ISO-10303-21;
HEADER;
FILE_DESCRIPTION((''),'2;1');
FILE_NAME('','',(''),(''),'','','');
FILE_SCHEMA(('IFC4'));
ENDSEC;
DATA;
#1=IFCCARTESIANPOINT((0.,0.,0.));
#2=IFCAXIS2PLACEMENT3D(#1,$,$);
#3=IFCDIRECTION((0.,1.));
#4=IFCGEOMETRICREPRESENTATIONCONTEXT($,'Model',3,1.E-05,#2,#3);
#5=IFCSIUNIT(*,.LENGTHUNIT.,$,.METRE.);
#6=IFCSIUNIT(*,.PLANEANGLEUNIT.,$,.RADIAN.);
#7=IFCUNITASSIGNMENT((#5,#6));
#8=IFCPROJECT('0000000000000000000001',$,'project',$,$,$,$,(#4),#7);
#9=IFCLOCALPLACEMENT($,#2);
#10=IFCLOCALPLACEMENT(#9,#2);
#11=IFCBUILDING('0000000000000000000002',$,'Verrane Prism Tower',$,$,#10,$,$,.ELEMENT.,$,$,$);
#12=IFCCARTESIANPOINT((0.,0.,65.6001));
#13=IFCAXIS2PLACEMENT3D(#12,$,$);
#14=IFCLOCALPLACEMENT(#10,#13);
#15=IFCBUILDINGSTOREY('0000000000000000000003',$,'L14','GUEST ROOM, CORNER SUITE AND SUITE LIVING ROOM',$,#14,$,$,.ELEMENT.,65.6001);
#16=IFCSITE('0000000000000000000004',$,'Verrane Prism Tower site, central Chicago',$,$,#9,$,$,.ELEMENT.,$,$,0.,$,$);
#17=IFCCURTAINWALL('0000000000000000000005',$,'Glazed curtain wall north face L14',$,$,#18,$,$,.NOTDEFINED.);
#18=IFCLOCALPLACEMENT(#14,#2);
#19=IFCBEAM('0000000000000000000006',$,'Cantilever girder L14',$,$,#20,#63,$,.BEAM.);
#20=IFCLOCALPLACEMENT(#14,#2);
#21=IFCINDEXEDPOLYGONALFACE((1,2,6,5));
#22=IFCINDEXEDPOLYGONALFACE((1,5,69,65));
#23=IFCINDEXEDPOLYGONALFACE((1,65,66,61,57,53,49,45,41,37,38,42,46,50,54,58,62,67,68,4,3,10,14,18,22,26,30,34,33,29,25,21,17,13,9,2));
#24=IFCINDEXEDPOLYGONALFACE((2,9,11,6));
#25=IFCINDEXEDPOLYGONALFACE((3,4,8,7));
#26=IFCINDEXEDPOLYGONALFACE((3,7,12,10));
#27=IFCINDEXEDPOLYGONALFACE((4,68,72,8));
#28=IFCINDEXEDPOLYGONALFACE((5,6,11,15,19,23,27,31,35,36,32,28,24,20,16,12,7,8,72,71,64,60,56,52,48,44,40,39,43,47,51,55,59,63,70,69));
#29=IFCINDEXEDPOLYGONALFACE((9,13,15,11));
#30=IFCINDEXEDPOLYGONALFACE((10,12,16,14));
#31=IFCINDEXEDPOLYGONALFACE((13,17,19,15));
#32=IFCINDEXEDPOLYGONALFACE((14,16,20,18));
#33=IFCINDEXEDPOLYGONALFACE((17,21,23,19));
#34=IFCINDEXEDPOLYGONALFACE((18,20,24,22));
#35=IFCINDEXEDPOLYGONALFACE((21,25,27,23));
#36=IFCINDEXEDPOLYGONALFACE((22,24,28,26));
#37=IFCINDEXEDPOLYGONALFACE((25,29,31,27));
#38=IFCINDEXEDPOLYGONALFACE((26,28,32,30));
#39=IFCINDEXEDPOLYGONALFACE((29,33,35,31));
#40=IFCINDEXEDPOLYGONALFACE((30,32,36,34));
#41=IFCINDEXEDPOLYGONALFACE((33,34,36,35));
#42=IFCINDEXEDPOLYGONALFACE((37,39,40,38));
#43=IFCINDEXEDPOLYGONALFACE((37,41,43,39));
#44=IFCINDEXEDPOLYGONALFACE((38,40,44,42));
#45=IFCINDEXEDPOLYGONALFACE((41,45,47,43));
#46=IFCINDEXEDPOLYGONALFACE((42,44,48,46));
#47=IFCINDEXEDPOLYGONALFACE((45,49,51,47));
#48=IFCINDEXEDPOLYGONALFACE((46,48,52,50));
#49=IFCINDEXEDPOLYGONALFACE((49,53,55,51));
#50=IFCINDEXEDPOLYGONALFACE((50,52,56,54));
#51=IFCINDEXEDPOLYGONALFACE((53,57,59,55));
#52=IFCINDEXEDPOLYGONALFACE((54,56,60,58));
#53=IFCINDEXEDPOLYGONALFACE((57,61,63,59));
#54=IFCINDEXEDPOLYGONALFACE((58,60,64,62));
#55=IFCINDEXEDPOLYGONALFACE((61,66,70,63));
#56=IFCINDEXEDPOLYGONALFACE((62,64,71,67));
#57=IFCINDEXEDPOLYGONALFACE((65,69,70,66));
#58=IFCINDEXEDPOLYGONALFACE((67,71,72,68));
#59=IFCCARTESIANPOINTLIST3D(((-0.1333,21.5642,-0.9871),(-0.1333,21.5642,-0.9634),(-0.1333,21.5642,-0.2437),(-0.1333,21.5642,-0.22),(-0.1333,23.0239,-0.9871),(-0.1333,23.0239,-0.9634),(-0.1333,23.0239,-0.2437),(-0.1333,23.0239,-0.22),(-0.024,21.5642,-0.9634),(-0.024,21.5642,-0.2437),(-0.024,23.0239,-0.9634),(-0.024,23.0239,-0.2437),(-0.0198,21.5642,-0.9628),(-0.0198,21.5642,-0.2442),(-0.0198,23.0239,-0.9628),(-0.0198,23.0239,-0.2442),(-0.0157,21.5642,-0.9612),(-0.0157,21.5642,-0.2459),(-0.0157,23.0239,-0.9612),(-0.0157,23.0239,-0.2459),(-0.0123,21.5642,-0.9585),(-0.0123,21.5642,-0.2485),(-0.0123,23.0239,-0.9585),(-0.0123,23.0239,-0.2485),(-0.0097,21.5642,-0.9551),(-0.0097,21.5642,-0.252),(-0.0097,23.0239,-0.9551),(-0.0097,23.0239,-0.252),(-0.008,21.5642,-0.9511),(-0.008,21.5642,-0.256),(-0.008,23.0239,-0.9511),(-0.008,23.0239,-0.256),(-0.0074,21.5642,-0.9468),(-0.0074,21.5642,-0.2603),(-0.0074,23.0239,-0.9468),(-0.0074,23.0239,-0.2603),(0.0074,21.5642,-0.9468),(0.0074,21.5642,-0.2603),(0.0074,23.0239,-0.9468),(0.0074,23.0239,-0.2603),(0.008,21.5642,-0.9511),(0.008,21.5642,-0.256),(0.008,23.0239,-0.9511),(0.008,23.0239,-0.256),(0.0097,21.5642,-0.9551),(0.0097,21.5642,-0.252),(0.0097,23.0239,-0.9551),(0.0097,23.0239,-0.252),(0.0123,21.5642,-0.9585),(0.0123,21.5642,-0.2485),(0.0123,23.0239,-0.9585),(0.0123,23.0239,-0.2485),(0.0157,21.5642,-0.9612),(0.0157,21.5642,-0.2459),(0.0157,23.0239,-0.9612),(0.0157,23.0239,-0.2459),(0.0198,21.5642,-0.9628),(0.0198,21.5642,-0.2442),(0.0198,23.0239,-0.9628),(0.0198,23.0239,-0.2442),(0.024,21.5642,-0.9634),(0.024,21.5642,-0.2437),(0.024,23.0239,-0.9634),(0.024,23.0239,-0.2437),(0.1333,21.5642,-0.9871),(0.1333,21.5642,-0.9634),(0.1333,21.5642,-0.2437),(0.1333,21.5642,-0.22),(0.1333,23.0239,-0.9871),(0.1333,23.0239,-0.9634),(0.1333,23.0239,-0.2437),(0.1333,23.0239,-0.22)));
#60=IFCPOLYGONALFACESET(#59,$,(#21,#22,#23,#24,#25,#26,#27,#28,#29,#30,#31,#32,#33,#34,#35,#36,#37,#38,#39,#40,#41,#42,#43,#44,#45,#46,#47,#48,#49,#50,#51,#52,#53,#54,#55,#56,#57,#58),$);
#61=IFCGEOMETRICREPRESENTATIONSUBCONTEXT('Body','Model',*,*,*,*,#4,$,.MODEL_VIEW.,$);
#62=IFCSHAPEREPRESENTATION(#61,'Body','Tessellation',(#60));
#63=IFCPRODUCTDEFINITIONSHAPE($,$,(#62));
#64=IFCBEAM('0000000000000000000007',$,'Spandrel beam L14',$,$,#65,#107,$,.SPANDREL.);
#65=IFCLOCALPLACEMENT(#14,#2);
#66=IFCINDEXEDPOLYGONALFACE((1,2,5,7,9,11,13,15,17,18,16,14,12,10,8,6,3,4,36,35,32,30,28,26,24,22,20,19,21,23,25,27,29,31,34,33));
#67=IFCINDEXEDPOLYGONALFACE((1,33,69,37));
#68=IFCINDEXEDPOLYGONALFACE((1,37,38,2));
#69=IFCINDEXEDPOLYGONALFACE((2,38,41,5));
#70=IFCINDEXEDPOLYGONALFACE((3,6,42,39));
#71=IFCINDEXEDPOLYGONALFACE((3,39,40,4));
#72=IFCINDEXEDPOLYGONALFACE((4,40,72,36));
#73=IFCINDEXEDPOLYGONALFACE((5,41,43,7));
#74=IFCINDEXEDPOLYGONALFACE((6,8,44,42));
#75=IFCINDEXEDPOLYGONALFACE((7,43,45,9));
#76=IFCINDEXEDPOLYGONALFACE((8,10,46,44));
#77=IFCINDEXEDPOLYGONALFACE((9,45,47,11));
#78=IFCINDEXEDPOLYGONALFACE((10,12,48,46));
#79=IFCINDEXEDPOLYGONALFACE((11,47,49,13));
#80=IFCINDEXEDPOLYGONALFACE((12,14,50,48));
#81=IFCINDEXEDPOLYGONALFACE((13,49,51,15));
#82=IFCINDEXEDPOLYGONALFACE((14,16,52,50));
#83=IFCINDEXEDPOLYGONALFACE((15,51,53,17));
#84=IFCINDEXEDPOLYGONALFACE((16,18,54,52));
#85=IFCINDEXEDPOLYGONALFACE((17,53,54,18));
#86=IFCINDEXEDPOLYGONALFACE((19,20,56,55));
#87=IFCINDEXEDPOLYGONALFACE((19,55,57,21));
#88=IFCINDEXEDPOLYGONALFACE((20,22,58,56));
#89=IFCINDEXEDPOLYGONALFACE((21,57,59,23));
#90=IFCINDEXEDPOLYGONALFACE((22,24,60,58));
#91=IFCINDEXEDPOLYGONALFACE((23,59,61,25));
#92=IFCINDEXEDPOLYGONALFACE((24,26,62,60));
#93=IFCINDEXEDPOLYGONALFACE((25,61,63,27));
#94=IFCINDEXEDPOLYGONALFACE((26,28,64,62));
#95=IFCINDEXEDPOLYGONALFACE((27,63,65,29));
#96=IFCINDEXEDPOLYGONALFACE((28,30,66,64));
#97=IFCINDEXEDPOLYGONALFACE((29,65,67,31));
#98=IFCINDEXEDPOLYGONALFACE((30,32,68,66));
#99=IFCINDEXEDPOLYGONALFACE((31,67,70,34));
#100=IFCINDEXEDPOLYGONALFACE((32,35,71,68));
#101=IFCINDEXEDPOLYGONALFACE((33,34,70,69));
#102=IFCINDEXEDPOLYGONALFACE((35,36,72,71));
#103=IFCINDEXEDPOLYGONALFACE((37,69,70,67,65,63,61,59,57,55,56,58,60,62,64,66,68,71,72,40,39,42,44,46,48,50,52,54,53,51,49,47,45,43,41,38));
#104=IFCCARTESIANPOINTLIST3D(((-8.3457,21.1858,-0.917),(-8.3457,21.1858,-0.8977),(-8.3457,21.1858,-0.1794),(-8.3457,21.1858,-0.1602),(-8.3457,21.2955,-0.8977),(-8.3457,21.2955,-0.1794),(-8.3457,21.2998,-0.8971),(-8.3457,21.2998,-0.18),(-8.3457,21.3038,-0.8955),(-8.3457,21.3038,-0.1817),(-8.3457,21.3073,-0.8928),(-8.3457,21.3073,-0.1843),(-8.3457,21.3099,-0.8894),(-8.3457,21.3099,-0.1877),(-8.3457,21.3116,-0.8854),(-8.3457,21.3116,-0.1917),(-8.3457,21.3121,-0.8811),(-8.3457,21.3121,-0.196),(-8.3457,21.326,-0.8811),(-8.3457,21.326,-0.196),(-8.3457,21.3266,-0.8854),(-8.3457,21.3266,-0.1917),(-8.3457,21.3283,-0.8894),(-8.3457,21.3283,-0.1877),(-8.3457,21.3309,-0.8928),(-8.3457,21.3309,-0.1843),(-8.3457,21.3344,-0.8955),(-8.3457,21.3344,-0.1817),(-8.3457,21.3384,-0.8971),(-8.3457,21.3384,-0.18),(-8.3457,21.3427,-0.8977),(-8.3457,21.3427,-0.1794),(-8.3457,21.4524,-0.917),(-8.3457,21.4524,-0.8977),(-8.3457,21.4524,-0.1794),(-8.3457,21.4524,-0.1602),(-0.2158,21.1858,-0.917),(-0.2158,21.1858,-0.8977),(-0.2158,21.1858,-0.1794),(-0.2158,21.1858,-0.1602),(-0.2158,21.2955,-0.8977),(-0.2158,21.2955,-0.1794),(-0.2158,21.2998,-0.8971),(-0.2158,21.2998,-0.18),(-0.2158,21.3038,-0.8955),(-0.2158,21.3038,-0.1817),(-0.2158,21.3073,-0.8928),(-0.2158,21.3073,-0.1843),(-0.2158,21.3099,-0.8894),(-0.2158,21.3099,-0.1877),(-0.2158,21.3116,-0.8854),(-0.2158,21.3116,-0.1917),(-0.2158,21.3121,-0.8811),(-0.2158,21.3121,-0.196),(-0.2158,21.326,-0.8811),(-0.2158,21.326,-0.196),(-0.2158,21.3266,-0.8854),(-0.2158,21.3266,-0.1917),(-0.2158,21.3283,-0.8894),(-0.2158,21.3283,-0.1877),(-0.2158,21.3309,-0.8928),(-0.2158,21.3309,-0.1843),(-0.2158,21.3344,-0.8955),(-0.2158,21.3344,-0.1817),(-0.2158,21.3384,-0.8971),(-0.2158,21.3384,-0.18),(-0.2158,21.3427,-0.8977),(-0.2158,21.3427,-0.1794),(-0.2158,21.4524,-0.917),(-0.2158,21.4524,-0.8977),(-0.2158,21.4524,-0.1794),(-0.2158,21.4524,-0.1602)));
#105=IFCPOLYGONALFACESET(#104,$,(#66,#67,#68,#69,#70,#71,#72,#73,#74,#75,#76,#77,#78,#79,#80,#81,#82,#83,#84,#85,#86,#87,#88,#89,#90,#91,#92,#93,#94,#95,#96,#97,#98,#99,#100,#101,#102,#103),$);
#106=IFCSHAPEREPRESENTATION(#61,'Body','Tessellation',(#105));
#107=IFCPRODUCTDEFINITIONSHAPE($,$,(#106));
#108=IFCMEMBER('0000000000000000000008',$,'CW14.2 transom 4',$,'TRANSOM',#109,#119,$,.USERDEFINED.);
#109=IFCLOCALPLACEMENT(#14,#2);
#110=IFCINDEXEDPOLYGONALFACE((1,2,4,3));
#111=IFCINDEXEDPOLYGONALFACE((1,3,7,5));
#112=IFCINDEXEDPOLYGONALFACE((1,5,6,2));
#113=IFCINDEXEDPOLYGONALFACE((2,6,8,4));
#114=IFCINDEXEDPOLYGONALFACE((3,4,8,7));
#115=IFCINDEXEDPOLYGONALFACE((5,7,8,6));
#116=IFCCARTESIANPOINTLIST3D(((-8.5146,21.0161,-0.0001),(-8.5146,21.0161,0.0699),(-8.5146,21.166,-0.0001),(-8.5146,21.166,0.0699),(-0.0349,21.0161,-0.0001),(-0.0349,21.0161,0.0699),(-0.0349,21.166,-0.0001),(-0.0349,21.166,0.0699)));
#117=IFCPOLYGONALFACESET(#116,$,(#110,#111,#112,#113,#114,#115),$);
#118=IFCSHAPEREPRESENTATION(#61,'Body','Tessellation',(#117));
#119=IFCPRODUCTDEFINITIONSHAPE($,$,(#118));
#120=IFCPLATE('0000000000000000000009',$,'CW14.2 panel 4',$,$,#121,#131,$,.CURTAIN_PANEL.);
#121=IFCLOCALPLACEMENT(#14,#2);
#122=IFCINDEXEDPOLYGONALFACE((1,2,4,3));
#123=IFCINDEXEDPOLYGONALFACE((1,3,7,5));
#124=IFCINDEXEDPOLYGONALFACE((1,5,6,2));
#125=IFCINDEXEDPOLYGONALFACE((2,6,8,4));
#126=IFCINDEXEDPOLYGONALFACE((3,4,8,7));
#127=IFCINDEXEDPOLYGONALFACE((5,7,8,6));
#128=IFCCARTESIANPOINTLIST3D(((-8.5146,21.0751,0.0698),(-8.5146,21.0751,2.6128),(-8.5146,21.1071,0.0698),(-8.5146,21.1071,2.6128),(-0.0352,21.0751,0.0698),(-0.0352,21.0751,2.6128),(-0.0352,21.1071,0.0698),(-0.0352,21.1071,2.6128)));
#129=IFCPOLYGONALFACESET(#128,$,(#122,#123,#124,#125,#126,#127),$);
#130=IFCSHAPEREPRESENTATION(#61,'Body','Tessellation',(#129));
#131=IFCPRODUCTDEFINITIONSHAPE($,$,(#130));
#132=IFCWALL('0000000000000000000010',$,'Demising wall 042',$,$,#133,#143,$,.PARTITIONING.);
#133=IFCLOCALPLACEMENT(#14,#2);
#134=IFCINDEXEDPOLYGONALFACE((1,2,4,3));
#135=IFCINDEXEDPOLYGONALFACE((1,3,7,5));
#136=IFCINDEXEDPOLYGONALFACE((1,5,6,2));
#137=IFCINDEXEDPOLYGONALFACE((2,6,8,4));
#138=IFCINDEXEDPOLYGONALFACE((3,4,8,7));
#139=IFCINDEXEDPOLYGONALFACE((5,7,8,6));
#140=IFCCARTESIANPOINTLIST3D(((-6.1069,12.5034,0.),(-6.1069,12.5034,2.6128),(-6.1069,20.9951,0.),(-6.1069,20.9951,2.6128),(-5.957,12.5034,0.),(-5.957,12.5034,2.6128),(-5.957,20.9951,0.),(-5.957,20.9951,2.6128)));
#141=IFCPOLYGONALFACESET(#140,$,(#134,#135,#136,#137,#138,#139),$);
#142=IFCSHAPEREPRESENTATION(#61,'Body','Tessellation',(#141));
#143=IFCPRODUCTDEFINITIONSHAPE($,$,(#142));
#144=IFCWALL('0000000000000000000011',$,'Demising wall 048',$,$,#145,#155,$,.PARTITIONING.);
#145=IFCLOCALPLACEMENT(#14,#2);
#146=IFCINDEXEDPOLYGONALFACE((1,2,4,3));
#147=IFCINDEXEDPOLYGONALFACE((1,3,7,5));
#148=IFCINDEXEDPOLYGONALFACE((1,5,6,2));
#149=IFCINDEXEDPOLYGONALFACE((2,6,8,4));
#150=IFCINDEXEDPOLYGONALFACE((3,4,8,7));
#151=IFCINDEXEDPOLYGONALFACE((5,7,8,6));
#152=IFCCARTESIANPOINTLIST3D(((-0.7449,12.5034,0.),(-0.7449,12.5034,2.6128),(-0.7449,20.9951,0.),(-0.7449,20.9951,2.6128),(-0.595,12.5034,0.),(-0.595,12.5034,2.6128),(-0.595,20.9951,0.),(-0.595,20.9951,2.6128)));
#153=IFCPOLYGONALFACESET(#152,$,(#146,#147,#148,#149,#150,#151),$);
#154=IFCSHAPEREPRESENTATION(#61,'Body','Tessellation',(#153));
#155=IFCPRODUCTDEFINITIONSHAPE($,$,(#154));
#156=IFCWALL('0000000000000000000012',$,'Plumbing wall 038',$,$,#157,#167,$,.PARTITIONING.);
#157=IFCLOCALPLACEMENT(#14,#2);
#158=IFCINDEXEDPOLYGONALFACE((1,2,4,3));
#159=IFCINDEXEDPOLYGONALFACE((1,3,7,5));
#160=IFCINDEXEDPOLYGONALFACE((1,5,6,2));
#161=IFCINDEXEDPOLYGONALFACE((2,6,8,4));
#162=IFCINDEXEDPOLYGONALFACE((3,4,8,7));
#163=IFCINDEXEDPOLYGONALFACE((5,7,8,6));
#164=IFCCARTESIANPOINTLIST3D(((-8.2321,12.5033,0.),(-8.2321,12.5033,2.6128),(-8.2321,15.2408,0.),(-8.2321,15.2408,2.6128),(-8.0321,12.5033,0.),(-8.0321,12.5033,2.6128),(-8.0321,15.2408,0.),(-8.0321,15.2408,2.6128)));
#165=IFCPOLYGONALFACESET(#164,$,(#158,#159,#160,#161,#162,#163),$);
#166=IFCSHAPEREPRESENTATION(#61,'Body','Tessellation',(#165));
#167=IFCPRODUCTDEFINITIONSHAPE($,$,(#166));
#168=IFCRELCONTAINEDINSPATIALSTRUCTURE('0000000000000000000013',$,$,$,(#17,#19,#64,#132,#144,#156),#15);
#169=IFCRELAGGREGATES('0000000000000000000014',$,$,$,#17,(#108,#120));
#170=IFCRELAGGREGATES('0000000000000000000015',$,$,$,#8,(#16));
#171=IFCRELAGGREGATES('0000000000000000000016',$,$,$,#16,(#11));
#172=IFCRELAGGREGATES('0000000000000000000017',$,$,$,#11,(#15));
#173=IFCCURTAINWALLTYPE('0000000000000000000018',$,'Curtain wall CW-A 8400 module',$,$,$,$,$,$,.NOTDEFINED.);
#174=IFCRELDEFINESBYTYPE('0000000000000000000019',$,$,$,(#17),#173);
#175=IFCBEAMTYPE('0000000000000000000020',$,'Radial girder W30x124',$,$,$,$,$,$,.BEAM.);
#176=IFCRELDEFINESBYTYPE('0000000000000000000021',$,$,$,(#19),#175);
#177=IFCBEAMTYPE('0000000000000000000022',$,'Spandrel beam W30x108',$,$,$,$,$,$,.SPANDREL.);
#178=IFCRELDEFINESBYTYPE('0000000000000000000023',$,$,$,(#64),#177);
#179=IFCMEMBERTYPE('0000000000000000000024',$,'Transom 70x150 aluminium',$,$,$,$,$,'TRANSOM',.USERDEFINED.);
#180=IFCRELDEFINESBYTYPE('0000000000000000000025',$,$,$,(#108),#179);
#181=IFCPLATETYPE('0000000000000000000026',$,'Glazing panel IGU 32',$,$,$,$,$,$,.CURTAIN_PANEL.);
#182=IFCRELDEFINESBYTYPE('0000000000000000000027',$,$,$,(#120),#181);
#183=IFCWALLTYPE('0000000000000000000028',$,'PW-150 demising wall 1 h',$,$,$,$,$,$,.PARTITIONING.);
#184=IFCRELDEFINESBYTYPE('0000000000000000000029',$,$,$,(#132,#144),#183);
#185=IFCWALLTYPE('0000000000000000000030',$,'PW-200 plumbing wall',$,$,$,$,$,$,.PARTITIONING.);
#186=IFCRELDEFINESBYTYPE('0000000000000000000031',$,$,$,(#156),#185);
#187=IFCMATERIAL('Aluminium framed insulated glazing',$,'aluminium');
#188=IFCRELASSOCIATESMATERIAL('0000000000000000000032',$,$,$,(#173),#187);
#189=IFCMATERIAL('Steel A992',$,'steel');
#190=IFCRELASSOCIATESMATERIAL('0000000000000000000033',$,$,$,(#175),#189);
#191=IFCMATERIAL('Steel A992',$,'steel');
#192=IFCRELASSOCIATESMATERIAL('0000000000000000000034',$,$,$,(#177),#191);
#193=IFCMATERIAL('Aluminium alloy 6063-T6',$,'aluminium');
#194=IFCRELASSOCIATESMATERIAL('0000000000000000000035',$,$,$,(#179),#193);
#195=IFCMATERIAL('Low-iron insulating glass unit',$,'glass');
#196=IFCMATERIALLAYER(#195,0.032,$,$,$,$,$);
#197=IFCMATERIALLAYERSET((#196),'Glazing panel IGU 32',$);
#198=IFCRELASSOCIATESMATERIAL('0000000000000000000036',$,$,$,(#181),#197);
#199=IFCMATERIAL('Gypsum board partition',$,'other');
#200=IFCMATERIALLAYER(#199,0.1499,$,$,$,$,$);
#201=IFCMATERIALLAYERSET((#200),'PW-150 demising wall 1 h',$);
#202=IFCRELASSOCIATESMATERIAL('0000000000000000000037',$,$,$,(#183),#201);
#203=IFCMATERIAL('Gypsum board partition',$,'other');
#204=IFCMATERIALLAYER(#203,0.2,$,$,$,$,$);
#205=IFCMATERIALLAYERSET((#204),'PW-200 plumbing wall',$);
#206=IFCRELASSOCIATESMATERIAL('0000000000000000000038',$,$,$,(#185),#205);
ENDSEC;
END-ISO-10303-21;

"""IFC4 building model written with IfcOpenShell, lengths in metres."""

from ifc_helpers import new_model, si_unit, direction, frame, frame_2d, origin, origin_2d, place, context, subcontext, project, spatial, rectangle, i_section, extrude, material, layer, layer_set, material_profile, profile_set, type_object, element, aggregate, save


model = new_model("IFC4")

# Units and contexts
model_context = context("Model", 3, precision=1e-05, world=origin(), true_north=direction((0.0, 1.0)))
body_context = subcontext(model_context, "Body", "Model", "MODEL_VIEW")
ifc_project = project(units=[si_unit("LENGTHUNIT", "METRE"), si_unit("PLANEANGLEUNIT", "RADIAN")], contexts=[model_context])

# Site, building, storey
site_placement = place(None, origin())
site = spatial("IfcSite", under=ifc_project, at=site_placement, Name="Verrane Prism Tower site, central Chicago", CompositionType="ELEMENT", RefElevation=0.0)
building_placement = place(site_placement, origin())
building = spatial("IfcBuilding", under=site, at=building_placement, Name="Verrane Prism Tower", CompositionType="ELEMENT")
storey_placement = place(building_placement, frame((0.0, 0.0, 65.6001)))
storey = spatial("IfcBuildingStorey", under=building, at=storey_placement, Name="L14", Description="GUEST ROOM, CORNER SUITE AND SUITE LIVING ROOM", CompositionType="ELEMENT", Elevation=65.6001)

# Curtain wall
ifc_material_1 = material(Name="Aluminium framed insulated glazing", Category="aluminium")
curtain_wall_type = type_object("IfcCurtainWallType", Name="Curtain wall CW-A 8400 module", PredefinedType="NOTDEFINED", material=ifc_material_1)
curtain_wall_placement = place(storey_placement, origin())
curtain_wall = element("IfcCurtainWall", 1, at=curtain_wall_placement, inside=storey, type_object=curtain_wall_type, Name="Glazed curtain wall north face L14", PredefinedType="NOTDEFINED")

# Beams
ifc_material_2 = material(Name="Steel A992", Category="steel")
ifc_material_profile_1 = material_profile(ifc_material_2, i_section(OverallWidth=0.2666, OverallDepth=0.7671, WebThickness=0.0149, FlangeThickness=0.0237, FilletRadius=0.0166, at=origin_2d()), Name="W30x124")
ifc_profile_set_1 = profile_set([ifc_material_profile_1], Name="Steel A992")
beam_type_1 = type_object("IfcBeamType", Name="Radial girder W30x124", PredefinedType="BEAM", material=ifc_profile_set_1)
beam_1_placement = place(storey_placement, frame((0.0, 21.5642, -0.6035), z_axis=(0.0, 1.0, 0.0), x_axis=(-1.0, 0.0, 0.0)))
element("IfcBeam", 2, at=beam_1_placement, inside=storey, type_object=beam_type_1, Name="Cantilever girder L14", PredefinedType="BEAM", context=body_context, shape_type="SweptSolid", body=[
    extrude(i_section(OverallWidth=0.2666, OverallDepth=0.7671, WebThickness=0.0149, FlangeThickness=0.0237, FilletRadius=0.0166, at=origin_2d()), origin(), (0.0, 0.0, 1.0), 1.4597),
])
ifc_material_3 = material(Name="Steel A992", Category="steel")
ifc_material_profile_2 = material_profile(ifc_material_3, i_section(OverallWidth=0.2666, OverallDepth=0.7568, WebThickness=0.0139, FlangeThickness=0.0193, FilletRadius=0.0166, at=origin_2d()), Name="W30x108")
ifc_profile_set_2 = profile_set([ifc_material_profile_2], Name="Steel A992")
beam_type_2 = type_object("IfcBeamType", Name="Spandrel beam W30x108", PredefinedType="SPANDREL", material=ifc_profile_set_2)
beam_2_placement = place(storey_placement, frame((-0.2158, 21.3191, -0.5386), z_axis=(-1.0, 0.0, 0.0), x_axis=(0.0, -1.0, 0.0)))
element("IfcBeam", 3, at=beam_2_placement, inside=storey, type_object=beam_type_2, Name="Spandrel beam L14", PredefinedType="SPANDREL", context=body_context, shape_type="SweptSolid", body=[
    extrude(i_section(OverallWidth=0.2666, OverallDepth=0.7568, WebThickness=0.0139, FlangeThickness=0.0193, FilletRadius=0.0166, at=origin_2d()), origin(), (0.0, 0.0, 1.0), 8.1299),
])

# Member
ifc_material_4 = material(Name="Aluminium alloy 6063-T6", Category="aluminium")
ifc_material_profile_3 = material_profile(ifc_material_4, rectangle(XDim=0.1499, YDim=0.0701, at=origin_2d()), Name="Transom 70x150 aluminium")
ifc_profile_set_3 = profile_set([ifc_material_profile_3], Name="Aluminium alloy 6063-T6")
member_type_1 = type_object("IfcMemberType", Name="Transom 70x150 aluminium", ElementType="TRANSOM", PredefinedType="USERDEFINED", material=ifc_profile_set_3)
member_1_placement = place(storey_placement, frame((-0.0349, 21.0911, 0.0349), z_axis=(-1.0, 0.0, 0.0), x_axis=(0.0, -1.0, 0.0)))
member_1 = element("IfcMember", 4, at=member_1_placement, type_object=member_type_1, Name="CW14.2 transom 4", ObjectType="TRANSOM", PredefinedType="USERDEFINED", context=body_context, shape_type="SweptSolid", body=[
    extrude(rectangle(XDim=0.1499, YDim=0.0701, at=origin_2d()), origin(), (0.0, 0.0, 1.0), 8.4797),
])

# Plate
ifc_material_5 = material(Name="Low-iron insulating glass unit", Category="glass")
ifc_layer_1 = layer(ifc_material_5, 0.032)
ifc_layer_set_1 = layer_set([ifc_layer_1], Name="Glazing panel IGU 32")
plate_type = type_object("IfcPlateType", Name="Glazing panel IGU 32", PredefinedType="CURTAIN_PANEL", material=ifc_layer_set_1)
plate_placement = place(storey_placement, frame((-4.2749, 21.0911, 0.0698), z_axis=(0.0, 0.0, 1.0), x_axis=(-1.0, 0.0, 0.0)))
plate = element("IfcPlate", 5, at=plate_placement, type_object=plate_type, Name="CW14.2 panel 4", PredefinedType="CURTAIN_PANEL", context=body_context, shape_type="SweptSolid", body=[
    extrude(rectangle(XDim=8.4795, YDim=0.032, at=origin_2d()), origin(), (0.0, 0.0, 1.0), 2.543),
])
aggregate(curtain_wall, [member_1, plate])

# Walls
ifc_material_6 = material(Name="Gypsum board partition", Category="other")
ifc_layer_2 = layer(ifc_material_6, 0.1499)
ifc_layer_set_2 = layer_set([ifc_layer_2], Name="PW-150 demising wall 1 h")
wall_type_1 = type_object("IfcWallType", Name="PW-150 demising wall 1 h", PredefinedType="PARTITIONING", material=ifc_layer_set_2)
for number, where, z_axis, x_axis, name in (
    (6, (-6.032, 12.5034, 0.0), (0.0, 0.0, 1.0), (0.0, 1.0, 0.0), "Demising wall 042"),
    (7, (-0.6699, 12.5034, 0.0), (0.0, 0.0, 1.0), (0.0, 1.0, 0.0), "Demising wall 048"),
):
    element("IfcWall", number, at=place(storey_placement, frame(where, z_axis=z_axis, x_axis=x_axis)), inside=storey, type_object=wall_type_1, Name=name, PredefinedType="PARTITIONING", context=body_context, shape_type="SweptSolid", body=[
        extrude(rectangle(XDim=8.4917, YDim=0.1499, at=frame_2d((4.2458, 0.0))), origin(), (0.0, 0.0, 1.0), 2.6128),
    ])
ifc_material_7 = material(Name="Gypsum board partition", Category="other")
ifc_layer_3 = layer(ifc_material_7, 0.2)
ifc_layer_set_3 = layer_set([ifc_layer_3], Name="PW-200 plumbing wall")
wall_type_2 = type_object("IfcWallType", Name="PW-200 plumbing wall", PredefinedType="PARTITIONING", material=ifc_layer_set_3)
wall_1_placement = place(storey_placement, frame((-8.1321, 12.5034, 0.0), z_axis=(0.0, 0.0, 1.0), x_axis=(0.0, 1.0, 0.0)))
element("IfcWall", 8, at=wall_1_placement, inside=storey, type_object=wall_type_2, Name="Plumbing wall 038", PredefinedType="PARTITIONING", context=body_context, shape_type="SweptSolid", body=[
    extrude(rectangle(XDim=2.7375, YDim=0.2, at=frame_2d((1.3687, 0.0))), origin(), (0.0, 0.0, 1.0), 2.6128),
])

save(model, "model.ifc")
